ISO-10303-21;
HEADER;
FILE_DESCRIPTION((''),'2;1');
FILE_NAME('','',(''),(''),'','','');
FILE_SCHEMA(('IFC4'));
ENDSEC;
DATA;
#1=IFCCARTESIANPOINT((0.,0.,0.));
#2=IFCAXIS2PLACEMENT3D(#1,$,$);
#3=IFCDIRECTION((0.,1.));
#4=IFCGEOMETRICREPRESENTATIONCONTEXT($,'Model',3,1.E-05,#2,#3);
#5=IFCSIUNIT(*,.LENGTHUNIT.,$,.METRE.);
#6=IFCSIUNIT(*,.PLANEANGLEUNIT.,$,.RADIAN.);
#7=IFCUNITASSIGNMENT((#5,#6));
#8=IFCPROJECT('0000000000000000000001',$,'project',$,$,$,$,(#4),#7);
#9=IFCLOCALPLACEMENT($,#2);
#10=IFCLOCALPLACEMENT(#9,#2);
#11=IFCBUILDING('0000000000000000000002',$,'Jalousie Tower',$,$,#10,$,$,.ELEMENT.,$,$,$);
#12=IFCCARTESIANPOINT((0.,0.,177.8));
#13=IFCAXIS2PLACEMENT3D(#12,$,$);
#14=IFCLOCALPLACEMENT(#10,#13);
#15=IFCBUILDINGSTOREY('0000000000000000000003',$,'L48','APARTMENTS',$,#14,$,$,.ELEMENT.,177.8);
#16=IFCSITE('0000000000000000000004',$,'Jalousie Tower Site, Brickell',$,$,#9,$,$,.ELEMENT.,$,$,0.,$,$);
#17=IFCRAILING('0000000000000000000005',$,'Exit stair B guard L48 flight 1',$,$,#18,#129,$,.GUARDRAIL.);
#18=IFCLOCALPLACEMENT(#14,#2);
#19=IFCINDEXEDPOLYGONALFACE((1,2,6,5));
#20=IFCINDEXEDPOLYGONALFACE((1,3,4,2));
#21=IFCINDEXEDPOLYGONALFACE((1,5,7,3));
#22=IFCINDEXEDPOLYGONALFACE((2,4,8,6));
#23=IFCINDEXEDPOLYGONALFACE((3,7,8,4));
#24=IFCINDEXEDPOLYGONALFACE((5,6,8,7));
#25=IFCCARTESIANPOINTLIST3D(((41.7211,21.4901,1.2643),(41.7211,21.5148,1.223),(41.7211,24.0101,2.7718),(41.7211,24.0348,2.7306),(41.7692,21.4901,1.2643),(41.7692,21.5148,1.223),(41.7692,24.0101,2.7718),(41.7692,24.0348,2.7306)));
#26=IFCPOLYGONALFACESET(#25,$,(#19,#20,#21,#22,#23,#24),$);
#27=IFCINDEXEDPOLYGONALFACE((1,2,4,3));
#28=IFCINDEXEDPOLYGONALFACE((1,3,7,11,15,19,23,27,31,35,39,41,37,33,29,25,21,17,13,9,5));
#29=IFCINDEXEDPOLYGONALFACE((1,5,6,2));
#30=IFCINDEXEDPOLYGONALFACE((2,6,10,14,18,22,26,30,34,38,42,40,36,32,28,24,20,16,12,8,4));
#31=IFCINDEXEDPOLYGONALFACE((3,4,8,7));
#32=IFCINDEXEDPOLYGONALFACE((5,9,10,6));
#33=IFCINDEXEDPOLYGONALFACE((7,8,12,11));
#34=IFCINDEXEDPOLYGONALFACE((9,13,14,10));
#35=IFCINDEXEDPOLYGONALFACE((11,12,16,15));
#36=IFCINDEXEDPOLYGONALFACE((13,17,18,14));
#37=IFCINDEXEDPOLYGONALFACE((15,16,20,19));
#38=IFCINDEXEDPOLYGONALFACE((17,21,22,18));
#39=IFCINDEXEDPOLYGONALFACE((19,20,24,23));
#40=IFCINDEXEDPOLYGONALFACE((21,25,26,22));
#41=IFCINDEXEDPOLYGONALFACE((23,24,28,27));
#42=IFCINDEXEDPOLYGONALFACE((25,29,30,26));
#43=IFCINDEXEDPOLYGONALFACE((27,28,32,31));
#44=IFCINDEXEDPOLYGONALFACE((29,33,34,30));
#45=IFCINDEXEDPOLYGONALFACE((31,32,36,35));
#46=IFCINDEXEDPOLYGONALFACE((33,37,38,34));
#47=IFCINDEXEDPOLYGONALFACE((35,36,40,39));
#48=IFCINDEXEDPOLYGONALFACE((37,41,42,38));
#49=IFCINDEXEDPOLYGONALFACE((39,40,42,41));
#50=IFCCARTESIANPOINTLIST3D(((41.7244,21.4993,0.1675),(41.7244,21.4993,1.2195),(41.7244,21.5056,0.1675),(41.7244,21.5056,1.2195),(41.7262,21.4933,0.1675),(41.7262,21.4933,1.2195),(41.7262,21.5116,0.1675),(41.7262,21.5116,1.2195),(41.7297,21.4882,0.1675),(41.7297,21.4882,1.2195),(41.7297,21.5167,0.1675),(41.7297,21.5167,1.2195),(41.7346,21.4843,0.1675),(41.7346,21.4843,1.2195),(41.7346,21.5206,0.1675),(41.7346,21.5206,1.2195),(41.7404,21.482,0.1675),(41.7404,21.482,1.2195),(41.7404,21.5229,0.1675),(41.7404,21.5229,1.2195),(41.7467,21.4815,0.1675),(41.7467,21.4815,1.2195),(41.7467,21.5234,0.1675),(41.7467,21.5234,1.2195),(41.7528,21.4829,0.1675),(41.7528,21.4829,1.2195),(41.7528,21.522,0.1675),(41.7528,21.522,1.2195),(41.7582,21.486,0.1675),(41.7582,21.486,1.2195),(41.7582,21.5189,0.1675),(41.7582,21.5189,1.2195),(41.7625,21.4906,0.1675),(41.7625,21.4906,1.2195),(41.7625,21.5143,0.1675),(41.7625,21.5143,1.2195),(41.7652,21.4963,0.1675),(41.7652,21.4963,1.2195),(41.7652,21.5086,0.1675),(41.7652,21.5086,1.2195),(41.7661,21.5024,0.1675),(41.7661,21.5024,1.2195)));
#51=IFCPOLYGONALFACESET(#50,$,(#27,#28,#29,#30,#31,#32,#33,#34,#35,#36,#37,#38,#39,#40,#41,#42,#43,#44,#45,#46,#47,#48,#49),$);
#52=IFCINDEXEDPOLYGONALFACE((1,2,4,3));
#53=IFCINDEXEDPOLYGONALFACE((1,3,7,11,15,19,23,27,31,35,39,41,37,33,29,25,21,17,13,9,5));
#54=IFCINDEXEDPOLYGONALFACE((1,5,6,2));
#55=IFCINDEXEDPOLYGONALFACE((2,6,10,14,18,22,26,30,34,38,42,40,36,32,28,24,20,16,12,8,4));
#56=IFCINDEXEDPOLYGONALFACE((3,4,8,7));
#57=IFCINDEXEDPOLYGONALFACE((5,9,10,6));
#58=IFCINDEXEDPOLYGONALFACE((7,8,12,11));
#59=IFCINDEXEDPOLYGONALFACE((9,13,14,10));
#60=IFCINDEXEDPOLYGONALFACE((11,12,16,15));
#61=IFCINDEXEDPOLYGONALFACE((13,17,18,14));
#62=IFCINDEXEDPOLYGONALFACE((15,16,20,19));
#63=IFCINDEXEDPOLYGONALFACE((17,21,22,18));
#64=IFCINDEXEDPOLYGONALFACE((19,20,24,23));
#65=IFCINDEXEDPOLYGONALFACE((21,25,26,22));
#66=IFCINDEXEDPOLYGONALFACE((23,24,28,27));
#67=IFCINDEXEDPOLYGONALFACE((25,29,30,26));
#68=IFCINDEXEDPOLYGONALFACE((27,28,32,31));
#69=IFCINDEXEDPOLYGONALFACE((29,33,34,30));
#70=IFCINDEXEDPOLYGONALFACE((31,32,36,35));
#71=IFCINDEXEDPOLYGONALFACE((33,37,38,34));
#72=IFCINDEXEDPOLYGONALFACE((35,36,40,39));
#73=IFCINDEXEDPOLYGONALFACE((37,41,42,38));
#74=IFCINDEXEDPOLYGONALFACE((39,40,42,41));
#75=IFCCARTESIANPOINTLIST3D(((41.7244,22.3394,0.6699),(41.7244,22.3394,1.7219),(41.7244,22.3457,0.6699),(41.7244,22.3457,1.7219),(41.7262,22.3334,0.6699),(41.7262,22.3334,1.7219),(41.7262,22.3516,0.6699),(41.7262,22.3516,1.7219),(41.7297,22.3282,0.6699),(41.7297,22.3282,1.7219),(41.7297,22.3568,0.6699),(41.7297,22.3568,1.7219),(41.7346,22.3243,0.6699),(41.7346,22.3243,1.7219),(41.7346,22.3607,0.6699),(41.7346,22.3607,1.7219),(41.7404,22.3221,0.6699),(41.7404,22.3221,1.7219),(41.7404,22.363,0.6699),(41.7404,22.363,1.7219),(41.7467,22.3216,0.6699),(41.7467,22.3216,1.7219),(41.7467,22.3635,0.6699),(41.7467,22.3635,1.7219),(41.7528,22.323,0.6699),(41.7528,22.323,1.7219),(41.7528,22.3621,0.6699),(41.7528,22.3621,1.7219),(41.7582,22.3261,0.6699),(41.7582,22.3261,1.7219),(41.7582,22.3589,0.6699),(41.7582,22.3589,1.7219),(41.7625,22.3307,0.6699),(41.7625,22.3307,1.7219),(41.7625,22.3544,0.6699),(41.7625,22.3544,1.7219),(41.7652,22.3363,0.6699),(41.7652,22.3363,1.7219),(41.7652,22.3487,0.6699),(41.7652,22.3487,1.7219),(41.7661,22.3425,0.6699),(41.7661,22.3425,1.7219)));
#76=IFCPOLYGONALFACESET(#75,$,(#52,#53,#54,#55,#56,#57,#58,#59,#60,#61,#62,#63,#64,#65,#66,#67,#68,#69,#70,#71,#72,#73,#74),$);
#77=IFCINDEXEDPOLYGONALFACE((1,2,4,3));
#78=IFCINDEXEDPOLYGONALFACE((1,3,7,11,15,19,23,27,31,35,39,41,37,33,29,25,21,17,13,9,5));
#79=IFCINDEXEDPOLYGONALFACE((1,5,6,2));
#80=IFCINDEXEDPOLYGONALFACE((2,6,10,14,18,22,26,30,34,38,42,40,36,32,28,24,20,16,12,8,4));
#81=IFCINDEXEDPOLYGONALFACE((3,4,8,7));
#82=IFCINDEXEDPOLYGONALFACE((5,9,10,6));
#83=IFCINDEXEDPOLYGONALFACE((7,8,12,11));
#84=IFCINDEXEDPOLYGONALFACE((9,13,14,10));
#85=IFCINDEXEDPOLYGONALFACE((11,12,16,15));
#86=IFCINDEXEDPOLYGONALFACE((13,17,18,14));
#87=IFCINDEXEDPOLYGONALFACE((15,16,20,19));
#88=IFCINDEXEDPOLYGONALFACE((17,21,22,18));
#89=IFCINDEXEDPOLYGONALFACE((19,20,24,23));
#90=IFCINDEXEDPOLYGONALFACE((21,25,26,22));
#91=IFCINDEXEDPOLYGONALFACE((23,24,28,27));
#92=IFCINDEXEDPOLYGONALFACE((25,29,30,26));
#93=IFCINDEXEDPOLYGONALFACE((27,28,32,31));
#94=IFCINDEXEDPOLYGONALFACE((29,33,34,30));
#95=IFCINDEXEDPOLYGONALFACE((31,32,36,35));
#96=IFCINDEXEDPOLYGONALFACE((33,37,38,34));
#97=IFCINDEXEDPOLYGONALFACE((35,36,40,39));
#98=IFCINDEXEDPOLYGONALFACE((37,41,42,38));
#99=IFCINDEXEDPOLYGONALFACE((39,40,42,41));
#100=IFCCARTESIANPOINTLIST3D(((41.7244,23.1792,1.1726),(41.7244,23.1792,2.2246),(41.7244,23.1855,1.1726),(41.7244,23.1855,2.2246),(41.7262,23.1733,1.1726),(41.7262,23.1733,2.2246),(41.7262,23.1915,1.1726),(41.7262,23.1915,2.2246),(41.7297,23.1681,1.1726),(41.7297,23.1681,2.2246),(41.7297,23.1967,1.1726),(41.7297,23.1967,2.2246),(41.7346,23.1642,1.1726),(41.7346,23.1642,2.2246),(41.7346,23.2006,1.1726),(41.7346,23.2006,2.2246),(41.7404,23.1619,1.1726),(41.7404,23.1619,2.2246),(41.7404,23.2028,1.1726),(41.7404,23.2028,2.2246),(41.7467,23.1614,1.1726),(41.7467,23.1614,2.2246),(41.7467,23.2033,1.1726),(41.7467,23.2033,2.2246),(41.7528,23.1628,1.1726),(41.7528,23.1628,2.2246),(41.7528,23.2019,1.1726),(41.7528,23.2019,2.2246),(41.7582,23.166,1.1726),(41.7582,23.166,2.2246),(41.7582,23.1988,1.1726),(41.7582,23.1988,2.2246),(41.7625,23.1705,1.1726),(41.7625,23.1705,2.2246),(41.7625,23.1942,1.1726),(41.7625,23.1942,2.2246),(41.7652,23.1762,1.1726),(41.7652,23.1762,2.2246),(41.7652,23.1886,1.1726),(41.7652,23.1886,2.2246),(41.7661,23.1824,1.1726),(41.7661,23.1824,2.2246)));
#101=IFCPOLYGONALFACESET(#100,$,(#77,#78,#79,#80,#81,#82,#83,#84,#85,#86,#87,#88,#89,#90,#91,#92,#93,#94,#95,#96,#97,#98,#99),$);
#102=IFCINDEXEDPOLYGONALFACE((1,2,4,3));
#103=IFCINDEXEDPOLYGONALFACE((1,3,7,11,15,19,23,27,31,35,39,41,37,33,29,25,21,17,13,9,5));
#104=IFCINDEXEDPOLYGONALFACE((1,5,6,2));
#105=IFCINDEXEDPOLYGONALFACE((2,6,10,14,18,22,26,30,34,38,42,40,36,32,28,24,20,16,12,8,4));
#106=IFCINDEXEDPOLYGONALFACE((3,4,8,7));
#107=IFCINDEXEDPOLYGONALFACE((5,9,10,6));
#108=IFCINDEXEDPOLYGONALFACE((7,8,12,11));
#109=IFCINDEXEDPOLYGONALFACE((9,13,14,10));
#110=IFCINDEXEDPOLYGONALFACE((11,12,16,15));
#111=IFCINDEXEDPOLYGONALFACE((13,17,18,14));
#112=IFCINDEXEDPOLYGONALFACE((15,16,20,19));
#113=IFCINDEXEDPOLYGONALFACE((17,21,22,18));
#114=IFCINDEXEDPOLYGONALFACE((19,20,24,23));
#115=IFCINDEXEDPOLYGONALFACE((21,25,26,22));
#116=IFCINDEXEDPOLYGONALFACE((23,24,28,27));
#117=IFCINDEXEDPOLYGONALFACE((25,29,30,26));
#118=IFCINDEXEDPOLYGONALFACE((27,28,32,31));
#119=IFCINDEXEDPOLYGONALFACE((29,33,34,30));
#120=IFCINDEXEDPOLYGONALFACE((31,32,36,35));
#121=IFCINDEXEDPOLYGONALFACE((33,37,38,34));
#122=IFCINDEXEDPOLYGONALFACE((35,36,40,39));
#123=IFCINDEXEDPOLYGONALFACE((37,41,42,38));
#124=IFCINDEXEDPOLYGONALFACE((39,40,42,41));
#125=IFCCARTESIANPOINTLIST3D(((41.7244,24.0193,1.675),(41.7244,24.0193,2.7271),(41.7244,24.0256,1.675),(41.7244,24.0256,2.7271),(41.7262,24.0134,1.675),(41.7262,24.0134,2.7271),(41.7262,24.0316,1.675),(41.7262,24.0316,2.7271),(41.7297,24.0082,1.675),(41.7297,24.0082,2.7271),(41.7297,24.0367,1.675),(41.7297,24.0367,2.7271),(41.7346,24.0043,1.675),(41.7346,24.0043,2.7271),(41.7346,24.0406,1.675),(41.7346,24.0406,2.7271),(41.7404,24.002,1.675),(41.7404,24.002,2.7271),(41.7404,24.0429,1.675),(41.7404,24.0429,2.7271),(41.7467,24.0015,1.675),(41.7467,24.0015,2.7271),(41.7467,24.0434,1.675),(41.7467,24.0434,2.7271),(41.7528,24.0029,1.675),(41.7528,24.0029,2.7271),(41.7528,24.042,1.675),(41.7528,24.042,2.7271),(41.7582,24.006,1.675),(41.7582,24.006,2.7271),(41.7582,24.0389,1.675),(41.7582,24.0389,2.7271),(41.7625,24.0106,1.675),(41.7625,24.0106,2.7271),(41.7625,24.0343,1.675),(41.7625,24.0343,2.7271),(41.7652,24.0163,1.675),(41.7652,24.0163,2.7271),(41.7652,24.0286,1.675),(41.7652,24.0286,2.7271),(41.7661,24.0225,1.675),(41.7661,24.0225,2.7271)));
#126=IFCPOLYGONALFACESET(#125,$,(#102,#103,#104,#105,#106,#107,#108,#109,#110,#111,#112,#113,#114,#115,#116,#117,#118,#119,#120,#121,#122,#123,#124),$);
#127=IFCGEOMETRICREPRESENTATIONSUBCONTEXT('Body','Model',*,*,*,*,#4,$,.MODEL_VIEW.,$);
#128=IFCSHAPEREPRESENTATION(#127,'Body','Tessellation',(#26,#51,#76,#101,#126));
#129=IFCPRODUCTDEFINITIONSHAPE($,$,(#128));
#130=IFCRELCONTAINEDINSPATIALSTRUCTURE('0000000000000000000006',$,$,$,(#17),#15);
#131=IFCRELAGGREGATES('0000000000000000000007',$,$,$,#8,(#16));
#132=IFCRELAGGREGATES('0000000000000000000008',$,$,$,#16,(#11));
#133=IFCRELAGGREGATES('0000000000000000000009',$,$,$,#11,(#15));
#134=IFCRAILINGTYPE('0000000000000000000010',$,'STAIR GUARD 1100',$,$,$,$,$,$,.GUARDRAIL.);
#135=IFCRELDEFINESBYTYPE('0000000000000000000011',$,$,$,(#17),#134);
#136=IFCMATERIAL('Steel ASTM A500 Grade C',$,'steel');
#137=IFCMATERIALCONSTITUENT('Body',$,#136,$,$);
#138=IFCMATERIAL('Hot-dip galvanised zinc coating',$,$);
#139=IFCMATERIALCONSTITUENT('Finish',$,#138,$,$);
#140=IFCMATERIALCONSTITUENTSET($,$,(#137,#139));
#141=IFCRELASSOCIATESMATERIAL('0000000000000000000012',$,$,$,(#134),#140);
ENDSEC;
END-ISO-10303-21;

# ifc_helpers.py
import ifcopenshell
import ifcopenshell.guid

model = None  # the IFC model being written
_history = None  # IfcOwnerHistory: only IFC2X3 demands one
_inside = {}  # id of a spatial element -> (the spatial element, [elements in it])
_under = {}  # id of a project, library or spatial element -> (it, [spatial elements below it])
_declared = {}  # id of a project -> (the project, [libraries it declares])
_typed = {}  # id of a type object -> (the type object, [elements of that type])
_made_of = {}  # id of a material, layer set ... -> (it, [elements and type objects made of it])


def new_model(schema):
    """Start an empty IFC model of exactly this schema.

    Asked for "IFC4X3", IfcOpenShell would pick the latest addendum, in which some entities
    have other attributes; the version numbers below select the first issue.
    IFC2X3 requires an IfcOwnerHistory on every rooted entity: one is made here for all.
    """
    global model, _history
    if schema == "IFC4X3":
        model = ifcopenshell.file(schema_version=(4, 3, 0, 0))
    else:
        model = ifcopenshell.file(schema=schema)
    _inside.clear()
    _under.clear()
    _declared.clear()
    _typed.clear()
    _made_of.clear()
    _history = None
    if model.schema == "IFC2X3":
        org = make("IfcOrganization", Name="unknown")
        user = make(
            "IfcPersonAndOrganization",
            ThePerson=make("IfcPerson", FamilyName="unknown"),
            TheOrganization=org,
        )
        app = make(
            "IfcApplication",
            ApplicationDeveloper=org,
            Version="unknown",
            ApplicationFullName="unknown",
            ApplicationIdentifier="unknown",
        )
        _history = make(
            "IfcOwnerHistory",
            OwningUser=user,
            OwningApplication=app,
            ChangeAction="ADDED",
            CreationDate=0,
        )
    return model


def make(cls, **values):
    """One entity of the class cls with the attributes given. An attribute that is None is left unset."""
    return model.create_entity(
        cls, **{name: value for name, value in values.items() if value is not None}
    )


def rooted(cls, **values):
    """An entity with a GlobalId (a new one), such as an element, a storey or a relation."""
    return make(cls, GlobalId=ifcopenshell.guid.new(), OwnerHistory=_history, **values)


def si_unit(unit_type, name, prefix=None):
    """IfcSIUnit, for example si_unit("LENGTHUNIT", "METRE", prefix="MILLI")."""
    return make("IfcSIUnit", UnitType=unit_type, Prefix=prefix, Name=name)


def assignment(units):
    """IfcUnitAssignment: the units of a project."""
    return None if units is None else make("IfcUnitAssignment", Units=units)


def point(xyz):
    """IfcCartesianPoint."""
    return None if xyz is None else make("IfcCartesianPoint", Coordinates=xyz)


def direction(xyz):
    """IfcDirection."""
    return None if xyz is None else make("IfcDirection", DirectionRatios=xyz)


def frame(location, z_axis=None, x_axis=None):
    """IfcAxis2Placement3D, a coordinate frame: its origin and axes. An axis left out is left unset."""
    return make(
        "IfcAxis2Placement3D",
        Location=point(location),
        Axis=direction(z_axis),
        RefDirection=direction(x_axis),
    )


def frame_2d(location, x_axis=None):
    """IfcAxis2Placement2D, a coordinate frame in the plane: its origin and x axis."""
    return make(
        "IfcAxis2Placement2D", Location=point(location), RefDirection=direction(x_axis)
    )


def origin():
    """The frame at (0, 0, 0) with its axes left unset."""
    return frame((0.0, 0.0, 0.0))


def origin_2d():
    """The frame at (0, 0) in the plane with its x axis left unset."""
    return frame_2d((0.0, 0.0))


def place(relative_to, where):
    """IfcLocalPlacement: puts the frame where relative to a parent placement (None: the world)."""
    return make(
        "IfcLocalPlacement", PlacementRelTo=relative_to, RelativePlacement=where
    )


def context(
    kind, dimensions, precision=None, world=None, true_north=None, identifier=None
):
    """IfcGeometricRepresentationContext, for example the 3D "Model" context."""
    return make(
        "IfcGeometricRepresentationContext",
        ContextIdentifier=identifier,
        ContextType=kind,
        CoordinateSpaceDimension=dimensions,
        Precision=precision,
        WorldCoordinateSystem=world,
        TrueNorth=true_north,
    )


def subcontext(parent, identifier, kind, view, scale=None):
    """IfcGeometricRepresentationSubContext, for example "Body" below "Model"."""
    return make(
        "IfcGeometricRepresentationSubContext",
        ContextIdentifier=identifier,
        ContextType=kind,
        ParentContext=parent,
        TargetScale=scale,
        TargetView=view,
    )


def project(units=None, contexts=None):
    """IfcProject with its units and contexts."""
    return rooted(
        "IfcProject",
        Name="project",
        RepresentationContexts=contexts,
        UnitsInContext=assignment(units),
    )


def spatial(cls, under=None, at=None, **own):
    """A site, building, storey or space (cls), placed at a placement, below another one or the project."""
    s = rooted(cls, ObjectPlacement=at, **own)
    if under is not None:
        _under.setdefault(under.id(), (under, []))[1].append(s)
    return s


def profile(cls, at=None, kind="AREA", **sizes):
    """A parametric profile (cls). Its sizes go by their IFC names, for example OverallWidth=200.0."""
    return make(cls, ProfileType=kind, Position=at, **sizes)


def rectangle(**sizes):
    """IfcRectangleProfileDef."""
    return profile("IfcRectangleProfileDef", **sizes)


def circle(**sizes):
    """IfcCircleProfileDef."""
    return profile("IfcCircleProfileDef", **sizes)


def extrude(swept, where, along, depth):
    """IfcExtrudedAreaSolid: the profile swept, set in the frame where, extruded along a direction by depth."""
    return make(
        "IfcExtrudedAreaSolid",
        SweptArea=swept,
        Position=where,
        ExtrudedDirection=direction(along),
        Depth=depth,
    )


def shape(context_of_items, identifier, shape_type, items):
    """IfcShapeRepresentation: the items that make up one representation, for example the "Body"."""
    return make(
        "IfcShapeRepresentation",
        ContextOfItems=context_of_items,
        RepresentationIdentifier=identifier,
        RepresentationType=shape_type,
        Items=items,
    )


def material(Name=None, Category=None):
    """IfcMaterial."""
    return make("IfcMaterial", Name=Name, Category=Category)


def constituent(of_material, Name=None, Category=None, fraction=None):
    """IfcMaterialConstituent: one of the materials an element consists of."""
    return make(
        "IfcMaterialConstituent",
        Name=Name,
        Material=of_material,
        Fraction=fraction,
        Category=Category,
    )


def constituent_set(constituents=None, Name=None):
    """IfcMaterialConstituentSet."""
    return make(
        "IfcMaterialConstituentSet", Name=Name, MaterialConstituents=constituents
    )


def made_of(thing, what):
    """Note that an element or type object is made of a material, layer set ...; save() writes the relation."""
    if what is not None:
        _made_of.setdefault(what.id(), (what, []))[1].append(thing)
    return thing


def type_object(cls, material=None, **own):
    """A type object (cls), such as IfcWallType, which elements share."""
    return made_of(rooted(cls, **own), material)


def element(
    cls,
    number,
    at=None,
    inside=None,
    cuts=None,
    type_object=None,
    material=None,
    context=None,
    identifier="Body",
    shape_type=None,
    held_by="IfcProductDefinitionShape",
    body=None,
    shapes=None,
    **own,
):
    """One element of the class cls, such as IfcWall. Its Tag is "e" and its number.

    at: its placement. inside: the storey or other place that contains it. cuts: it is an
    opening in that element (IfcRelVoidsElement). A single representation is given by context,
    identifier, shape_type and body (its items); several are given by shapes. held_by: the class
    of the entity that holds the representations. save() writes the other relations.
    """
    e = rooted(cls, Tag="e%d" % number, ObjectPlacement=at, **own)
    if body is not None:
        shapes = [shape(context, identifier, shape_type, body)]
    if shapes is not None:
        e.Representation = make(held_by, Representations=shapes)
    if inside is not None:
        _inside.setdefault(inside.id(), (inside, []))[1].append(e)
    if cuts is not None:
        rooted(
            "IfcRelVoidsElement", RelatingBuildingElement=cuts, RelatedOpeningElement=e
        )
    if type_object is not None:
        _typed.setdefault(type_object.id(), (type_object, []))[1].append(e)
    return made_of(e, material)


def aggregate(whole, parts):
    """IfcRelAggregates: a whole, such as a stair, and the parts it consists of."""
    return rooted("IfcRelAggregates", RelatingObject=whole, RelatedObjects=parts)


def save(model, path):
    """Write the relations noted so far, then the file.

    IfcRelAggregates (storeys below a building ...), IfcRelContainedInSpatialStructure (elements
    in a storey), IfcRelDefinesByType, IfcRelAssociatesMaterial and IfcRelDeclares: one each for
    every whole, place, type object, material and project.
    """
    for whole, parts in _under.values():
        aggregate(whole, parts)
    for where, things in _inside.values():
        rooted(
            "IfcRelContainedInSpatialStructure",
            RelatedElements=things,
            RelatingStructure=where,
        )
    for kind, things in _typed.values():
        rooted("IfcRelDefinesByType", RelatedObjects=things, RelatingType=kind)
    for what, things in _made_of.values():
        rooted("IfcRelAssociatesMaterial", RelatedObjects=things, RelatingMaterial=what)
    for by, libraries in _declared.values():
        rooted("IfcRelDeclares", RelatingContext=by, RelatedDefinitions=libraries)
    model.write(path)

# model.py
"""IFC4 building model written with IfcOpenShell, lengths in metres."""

from ifc_helpers import new_model, si_unit, direction, frame, origin, origin_2d, place, context, subcontext, project, spatial, rectangle, circle, extrude, material, constituent, constituent_set, type_object, element, save


model = new_model("IFC4")

# Units and contexts
model_context = context("Model", 3, precision=1e-05, world=origin(), true_north=direction((0.0, 1.0)))
body_context = subcontext(model_context, "Body", "Model", "MODEL_VIEW")
ifc_project = project(units=[si_unit("LENGTHUNIT", "METRE"), si_unit("PLANEANGLEUNIT", "RADIAN")], contexts=[model_context])

# Site, building, storey
site_placement = place(None, origin())
site = spatial("IfcSite", under=ifc_project, at=site_placement, Name="Jalousie Tower Site, Brickell", CompositionType="ELEMENT", RefElevation=0.0)
building_placement = place(site_placement, origin())
building = spatial("IfcBuilding", under=site, at=building_placement, Name="Jalousie Tower", CompositionType="ELEMENT")
storey_placement = place(building_placement, frame((0.0, 0.0, 177.8)))
storey = spatial("IfcBuildingStorey", under=building, at=storey_placement, Name="L48", Description="APARTMENTS", CompositionType="ELEMENT", Elevation=177.8)

# Railing
ifc_material_1 = material(Name="Steel ASTM A500 Grade C", Category="steel")
ifc_constituent_1 = constituent(ifc_material_1, Name="Body")
ifc_material_2 = material(Name="Hot-dip galvanised zinc coating")
ifc_constituent_2 = constituent(ifc_material_2, Name="Finish")
ifc_constituent_set_1 = constituent_set(constituents=[ifc_constituent_1, ifc_constituent_2])
railing_type_1 = type_object("IfcRailingType", Name="STAIR GUARD 1100", PredefinedType="GUARDRAIL", material=ifc_constituent_set_1)
railing_1_placement = place(storey_placement, frame((41.7451, 21.5024, 0.1675)))
element("IfcRailing", 1, at=railing_1_placement, inside=storey, type_object=railing_type_1, Name="Exit stair B guard L48 flight 1", PredefinedType="GUARDRAIL", context=body_context, shape_type="SweptSolid", body=[
    extrude(rectangle(XDim=0.0481, YDim=0.0481, at=origin_2d()), frame((0.0, 0.0, 1.0762), z_axis=(0.0, 0.85816, 0.513383), x_axis=(-1.0, 0.0, 0.0)), (0.0, 0.0, 1.0), 2.9365),
    extrude(circle(Radius=0.021, at=origin_2d()), origin(), (0.0, 0.0, 1.0), 1.052),
    extrude(circle(Radius=0.021, at=origin_2d()), frame((0.0, 0.8401, 0.5024)), (0.0, 0.0, 1.0), 1.052),
    extrude(circle(Radius=0.021, at=origin_2d()), frame((0.0, 1.6799, 1.0051)), (0.0, 0.0, 1.0), 1.052),
    extrude(circle(Radius=0.021, at=origin_2d()), frame((0.0, 2.52, 1.5076)), (0.0, 0.0, 1.0), 1.052),
])

save(model, "model.ifc")
